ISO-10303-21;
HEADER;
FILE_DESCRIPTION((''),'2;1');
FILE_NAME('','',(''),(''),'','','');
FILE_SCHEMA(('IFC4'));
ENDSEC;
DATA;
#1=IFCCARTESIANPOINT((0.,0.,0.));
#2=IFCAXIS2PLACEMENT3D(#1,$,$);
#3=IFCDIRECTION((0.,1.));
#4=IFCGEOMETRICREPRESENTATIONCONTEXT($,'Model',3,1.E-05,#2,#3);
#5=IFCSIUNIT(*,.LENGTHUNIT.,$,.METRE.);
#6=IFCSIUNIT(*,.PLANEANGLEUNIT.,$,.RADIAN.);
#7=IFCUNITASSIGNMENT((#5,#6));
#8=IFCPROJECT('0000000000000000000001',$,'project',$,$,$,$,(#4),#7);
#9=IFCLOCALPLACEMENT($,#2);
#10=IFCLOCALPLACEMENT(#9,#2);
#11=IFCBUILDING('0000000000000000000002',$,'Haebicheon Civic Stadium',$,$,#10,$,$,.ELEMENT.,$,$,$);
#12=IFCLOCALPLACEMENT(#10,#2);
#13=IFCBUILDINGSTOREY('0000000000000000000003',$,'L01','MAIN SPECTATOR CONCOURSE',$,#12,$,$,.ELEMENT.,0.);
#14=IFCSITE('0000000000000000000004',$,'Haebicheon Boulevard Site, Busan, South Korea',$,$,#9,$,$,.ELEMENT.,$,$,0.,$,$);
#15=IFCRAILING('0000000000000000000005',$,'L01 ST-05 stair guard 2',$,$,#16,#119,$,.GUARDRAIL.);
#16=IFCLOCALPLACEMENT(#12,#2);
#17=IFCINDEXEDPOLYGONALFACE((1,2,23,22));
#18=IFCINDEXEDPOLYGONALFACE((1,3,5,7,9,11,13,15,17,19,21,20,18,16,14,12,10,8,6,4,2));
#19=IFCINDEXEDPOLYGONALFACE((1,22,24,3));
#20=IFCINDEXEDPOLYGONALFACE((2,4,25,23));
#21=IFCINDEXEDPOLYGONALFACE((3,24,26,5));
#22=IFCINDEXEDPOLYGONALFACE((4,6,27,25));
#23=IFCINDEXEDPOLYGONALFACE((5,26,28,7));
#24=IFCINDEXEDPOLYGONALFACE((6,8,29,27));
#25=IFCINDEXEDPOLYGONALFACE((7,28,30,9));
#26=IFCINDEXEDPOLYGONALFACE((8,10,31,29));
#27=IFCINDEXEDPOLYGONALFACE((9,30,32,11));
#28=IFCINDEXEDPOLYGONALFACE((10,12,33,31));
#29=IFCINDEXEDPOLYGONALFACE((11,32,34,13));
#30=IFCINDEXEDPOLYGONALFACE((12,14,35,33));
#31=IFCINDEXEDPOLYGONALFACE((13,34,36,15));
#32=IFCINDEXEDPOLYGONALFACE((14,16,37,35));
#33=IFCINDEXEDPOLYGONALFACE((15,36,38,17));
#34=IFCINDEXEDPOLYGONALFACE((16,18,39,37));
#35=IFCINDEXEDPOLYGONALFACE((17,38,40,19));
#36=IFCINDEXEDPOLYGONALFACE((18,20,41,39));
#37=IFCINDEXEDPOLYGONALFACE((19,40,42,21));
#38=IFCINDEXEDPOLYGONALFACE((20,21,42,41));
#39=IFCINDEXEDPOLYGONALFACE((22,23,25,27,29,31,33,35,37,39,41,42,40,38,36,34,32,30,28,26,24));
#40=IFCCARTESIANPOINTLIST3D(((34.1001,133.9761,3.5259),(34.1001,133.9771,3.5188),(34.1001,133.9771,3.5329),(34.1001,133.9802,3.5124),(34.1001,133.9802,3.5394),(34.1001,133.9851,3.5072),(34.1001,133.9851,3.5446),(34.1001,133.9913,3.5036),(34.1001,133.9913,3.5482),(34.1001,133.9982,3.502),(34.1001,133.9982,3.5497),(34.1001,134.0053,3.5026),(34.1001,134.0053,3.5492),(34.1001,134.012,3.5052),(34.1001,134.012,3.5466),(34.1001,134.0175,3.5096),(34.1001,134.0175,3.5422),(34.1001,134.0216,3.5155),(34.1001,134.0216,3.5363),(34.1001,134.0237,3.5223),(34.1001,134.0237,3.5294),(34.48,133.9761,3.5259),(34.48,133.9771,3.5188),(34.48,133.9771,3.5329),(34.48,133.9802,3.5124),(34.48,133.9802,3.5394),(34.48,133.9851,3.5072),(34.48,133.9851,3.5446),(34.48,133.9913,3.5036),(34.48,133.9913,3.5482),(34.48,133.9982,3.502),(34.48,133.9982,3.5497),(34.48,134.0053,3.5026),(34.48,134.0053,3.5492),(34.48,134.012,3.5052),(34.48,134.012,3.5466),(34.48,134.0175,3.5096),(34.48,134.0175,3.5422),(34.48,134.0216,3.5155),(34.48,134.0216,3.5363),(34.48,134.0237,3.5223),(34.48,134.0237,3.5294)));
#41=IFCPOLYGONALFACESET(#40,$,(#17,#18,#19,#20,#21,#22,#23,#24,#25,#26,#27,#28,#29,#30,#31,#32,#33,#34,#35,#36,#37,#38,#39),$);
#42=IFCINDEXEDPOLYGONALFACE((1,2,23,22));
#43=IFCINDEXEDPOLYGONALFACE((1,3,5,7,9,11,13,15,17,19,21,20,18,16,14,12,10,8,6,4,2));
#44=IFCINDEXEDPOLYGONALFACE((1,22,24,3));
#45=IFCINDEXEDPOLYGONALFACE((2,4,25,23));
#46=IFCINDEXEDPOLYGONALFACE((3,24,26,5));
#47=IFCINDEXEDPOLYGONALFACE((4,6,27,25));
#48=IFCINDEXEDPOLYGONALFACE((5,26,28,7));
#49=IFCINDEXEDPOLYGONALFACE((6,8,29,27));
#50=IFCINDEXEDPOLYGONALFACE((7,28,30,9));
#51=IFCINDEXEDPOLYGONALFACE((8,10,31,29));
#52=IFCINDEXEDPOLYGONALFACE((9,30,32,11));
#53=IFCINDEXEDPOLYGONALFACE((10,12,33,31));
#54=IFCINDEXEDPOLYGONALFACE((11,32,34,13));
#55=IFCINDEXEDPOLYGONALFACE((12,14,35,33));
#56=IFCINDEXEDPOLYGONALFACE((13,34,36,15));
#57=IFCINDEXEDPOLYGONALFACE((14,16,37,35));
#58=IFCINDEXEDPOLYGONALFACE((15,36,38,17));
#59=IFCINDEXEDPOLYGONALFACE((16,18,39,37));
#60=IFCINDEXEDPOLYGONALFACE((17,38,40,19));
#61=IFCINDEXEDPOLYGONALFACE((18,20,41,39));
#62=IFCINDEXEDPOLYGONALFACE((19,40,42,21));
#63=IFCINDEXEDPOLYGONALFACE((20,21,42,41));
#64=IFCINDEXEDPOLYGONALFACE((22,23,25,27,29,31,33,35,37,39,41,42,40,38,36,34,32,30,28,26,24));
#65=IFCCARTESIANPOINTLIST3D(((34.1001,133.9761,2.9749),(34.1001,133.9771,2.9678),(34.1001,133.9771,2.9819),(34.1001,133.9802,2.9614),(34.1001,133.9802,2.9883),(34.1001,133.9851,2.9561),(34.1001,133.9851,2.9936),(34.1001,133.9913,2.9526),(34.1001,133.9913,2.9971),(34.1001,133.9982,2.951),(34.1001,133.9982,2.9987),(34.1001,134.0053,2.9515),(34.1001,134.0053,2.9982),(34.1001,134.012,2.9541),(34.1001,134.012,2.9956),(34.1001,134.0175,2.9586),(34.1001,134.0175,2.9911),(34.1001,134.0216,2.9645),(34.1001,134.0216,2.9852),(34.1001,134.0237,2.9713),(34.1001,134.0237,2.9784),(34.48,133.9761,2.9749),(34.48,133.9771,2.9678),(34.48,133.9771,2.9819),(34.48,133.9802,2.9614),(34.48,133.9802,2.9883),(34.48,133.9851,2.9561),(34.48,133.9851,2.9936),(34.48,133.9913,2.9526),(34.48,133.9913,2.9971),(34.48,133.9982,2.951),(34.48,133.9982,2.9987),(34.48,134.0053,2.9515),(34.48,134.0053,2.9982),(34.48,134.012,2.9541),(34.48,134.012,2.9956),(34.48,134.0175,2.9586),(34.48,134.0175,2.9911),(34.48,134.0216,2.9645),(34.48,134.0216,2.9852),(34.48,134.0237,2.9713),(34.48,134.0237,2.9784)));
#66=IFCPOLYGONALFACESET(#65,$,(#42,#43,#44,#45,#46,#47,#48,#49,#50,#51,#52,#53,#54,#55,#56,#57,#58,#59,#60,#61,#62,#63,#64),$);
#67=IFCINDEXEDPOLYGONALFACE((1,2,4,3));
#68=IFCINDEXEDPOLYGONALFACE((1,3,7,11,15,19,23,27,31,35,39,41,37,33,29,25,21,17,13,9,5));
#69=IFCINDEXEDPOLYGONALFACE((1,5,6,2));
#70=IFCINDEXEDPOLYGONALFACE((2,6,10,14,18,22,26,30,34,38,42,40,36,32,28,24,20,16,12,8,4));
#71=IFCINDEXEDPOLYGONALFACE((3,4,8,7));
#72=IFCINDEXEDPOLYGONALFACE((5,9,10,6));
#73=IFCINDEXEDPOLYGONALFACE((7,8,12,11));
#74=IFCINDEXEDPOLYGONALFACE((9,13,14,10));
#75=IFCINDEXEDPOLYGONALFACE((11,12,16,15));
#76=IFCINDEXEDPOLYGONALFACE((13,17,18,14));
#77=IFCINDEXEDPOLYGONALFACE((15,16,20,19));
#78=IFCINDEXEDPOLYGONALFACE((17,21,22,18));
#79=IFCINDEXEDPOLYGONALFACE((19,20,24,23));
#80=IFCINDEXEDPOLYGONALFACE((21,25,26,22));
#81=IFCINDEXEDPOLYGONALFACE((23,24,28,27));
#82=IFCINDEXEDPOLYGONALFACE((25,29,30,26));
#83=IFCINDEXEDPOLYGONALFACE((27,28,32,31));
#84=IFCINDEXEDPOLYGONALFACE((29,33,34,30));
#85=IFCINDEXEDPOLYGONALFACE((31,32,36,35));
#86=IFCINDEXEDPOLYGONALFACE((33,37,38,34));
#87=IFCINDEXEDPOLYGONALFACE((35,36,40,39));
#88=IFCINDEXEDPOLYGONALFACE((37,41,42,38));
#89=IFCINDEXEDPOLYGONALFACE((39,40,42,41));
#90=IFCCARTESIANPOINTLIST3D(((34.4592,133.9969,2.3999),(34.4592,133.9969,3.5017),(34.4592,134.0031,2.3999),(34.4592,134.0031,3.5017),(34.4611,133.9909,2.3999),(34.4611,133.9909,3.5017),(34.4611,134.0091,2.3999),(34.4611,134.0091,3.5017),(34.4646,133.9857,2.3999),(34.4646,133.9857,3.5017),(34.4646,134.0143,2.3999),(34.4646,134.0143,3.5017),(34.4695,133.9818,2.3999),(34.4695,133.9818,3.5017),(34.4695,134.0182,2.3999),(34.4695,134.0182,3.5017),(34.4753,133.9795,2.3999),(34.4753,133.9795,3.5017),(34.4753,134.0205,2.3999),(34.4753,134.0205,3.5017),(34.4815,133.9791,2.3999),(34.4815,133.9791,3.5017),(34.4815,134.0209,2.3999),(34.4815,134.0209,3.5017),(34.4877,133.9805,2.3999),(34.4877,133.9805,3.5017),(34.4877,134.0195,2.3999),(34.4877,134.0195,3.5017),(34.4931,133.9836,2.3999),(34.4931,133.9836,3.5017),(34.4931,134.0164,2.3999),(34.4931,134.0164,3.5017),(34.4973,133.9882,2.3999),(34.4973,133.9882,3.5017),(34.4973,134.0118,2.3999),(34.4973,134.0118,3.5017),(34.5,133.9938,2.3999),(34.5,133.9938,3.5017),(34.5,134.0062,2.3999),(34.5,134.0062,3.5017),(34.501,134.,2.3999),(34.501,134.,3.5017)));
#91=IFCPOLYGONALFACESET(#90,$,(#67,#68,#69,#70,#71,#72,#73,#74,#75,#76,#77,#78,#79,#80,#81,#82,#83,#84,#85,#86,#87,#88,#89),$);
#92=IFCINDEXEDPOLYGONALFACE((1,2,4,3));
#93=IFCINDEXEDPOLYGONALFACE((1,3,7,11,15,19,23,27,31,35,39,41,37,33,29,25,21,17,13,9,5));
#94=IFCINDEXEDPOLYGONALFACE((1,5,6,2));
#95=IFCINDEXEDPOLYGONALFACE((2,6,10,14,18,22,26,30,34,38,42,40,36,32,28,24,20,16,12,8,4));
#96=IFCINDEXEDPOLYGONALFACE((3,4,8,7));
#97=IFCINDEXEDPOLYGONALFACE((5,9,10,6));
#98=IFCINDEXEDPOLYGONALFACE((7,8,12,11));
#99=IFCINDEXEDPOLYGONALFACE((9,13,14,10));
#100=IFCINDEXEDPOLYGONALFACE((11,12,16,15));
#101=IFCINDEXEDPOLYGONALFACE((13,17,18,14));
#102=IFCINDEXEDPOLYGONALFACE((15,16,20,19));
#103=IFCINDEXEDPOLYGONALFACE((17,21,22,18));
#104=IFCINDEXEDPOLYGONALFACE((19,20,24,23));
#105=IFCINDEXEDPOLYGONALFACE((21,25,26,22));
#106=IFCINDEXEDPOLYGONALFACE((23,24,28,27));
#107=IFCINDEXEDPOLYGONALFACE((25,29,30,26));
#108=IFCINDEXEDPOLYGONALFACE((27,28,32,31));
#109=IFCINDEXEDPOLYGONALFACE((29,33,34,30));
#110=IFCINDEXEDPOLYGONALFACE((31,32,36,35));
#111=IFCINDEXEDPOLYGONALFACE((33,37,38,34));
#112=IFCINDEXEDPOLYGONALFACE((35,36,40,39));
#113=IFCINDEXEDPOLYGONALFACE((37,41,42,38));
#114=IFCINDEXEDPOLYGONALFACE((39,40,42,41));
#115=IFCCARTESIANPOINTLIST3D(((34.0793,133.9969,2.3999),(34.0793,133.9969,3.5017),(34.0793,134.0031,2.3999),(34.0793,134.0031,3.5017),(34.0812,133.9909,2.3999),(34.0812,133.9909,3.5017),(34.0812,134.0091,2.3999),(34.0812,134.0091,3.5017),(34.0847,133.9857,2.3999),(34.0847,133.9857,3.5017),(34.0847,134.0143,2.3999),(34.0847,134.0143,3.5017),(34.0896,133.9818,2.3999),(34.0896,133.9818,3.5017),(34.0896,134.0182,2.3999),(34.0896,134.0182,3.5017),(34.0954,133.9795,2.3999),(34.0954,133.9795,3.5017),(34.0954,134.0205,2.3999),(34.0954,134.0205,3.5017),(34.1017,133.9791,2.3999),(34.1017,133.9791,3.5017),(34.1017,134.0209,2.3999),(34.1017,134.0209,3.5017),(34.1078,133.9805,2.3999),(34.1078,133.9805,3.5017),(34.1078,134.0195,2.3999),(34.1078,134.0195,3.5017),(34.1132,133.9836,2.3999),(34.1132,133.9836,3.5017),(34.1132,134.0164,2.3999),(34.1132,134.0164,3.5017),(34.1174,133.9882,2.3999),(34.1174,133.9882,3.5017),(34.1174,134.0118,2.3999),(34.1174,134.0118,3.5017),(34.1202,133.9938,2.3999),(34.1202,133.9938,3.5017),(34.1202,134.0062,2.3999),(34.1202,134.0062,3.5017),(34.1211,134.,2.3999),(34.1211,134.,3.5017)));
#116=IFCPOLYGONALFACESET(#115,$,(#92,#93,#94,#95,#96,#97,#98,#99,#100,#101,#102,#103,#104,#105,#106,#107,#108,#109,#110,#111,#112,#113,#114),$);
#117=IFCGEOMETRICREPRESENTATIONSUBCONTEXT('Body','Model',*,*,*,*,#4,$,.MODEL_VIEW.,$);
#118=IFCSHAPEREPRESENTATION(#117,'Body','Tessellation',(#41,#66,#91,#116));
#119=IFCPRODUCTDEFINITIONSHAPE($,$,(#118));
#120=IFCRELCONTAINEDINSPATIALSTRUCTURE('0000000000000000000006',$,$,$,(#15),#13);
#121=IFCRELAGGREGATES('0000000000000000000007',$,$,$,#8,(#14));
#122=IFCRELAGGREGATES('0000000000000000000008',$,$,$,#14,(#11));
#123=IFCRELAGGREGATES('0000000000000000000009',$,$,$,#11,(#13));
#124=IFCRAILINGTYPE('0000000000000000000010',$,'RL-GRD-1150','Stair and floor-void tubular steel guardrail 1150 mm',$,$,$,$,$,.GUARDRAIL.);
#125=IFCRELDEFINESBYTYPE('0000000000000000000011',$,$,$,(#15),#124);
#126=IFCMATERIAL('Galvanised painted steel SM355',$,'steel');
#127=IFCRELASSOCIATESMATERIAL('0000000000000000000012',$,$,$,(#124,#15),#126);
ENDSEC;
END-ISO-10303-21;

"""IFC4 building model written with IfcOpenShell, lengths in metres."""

from ifc_helpers import new_model, si_unit, direction, frame, origin, origin_2d, place, context, subcontext, project, spatial, circle, extrude, material, type_object, element, save


model = new_model("IFC4")

# Units and contexts
model_context = context("Model", 3, precision=1e-05, world=origin(), true_north=direction((0.0, 1.0)))
body_context = subcontext(model_context, "Body", "Model", "MODEL_VIEW")
ifc_project = project(units=[si_unit("LENGTHUNIT", "METRE"), si_unit("PLANEANGLEUNIT", "RADIAN")], contexts=[model_context])

# Site, building, storey
site_placement = place(None, origin())
site = spatial("IfcSite", under=ifc_project, at=site_placement, Name="Haebicheon Boulevard Site, Busan, South Korea", CompositionType="ELEMENT", RefElevation=0.0)
building_placement = place(site_placement, origin())
building = spatial("IfcBuilding", under=site, at=building_placement, Name="Haebicheon Civic Stadium", CompositionType="ELEMENT")
storey_placement = place(building_placement, origin())
storey = spatial("IfcBuildingStorey", under=building, at=storey_placement, Name="L01", Description="MAIN SPECTATOR CONCOURSE", CompositionType="ELEMENT", Elevation=0.0)

# Railing
ifc_material_1 = material(Name="Galvanised painted steel SM355", Category="steel")
railing_type_1 = type_object("IfcRailingType", Name="RL-GRD-1150", Description="Stair and floor-void tubular steel guardrail 1150 mm", PredefinedType="GUARDRAIL", material=ifc_material_1)
railing_1_placement = place(storey_placement, frame((34.48, 134.0, 2.3999)))
element("IfcRailing", 1, at=railing_1_placement, inside=storey, type_object=railing_type_1, material=ifc_material_1, Name="L01 ST-05 stair guard 2", PredefinedType="GUARDRAIL", context=body_context, shape_type="SweptSolid", body=[
    extrude(circle(Radius=0.0239, at=origin_2d()), frame((0.0, 0.0, 1.126), z_axis=(-1.0, 0.0, 0.0), x_axis=(0.0, -1.0, 0.0)), (0.0, 0.0, 1.0), 0.3799),
    extrude(circle(Radius=0.0239, at=origin_2d()), frame((0.0, 0.0, 0.575), z_axis=(-1.0, 0.0, 0.0), x_axis=(0.0, -1.0, 0.0)), (0.0, 0.0, 1.0), 0.3799),
    extrude(circle(Radius=0.021, at=origin_2d()), origin(), (0.0, 0.0, 1.0), 1.1018),
    extrude(circle(Radius=0.021, at=origin_2d()), frame((-0.3799, 0.0, 0.0)), (0.0, 0.0, 1.0), 1.1018),
])

save(model, "model.ifc")
